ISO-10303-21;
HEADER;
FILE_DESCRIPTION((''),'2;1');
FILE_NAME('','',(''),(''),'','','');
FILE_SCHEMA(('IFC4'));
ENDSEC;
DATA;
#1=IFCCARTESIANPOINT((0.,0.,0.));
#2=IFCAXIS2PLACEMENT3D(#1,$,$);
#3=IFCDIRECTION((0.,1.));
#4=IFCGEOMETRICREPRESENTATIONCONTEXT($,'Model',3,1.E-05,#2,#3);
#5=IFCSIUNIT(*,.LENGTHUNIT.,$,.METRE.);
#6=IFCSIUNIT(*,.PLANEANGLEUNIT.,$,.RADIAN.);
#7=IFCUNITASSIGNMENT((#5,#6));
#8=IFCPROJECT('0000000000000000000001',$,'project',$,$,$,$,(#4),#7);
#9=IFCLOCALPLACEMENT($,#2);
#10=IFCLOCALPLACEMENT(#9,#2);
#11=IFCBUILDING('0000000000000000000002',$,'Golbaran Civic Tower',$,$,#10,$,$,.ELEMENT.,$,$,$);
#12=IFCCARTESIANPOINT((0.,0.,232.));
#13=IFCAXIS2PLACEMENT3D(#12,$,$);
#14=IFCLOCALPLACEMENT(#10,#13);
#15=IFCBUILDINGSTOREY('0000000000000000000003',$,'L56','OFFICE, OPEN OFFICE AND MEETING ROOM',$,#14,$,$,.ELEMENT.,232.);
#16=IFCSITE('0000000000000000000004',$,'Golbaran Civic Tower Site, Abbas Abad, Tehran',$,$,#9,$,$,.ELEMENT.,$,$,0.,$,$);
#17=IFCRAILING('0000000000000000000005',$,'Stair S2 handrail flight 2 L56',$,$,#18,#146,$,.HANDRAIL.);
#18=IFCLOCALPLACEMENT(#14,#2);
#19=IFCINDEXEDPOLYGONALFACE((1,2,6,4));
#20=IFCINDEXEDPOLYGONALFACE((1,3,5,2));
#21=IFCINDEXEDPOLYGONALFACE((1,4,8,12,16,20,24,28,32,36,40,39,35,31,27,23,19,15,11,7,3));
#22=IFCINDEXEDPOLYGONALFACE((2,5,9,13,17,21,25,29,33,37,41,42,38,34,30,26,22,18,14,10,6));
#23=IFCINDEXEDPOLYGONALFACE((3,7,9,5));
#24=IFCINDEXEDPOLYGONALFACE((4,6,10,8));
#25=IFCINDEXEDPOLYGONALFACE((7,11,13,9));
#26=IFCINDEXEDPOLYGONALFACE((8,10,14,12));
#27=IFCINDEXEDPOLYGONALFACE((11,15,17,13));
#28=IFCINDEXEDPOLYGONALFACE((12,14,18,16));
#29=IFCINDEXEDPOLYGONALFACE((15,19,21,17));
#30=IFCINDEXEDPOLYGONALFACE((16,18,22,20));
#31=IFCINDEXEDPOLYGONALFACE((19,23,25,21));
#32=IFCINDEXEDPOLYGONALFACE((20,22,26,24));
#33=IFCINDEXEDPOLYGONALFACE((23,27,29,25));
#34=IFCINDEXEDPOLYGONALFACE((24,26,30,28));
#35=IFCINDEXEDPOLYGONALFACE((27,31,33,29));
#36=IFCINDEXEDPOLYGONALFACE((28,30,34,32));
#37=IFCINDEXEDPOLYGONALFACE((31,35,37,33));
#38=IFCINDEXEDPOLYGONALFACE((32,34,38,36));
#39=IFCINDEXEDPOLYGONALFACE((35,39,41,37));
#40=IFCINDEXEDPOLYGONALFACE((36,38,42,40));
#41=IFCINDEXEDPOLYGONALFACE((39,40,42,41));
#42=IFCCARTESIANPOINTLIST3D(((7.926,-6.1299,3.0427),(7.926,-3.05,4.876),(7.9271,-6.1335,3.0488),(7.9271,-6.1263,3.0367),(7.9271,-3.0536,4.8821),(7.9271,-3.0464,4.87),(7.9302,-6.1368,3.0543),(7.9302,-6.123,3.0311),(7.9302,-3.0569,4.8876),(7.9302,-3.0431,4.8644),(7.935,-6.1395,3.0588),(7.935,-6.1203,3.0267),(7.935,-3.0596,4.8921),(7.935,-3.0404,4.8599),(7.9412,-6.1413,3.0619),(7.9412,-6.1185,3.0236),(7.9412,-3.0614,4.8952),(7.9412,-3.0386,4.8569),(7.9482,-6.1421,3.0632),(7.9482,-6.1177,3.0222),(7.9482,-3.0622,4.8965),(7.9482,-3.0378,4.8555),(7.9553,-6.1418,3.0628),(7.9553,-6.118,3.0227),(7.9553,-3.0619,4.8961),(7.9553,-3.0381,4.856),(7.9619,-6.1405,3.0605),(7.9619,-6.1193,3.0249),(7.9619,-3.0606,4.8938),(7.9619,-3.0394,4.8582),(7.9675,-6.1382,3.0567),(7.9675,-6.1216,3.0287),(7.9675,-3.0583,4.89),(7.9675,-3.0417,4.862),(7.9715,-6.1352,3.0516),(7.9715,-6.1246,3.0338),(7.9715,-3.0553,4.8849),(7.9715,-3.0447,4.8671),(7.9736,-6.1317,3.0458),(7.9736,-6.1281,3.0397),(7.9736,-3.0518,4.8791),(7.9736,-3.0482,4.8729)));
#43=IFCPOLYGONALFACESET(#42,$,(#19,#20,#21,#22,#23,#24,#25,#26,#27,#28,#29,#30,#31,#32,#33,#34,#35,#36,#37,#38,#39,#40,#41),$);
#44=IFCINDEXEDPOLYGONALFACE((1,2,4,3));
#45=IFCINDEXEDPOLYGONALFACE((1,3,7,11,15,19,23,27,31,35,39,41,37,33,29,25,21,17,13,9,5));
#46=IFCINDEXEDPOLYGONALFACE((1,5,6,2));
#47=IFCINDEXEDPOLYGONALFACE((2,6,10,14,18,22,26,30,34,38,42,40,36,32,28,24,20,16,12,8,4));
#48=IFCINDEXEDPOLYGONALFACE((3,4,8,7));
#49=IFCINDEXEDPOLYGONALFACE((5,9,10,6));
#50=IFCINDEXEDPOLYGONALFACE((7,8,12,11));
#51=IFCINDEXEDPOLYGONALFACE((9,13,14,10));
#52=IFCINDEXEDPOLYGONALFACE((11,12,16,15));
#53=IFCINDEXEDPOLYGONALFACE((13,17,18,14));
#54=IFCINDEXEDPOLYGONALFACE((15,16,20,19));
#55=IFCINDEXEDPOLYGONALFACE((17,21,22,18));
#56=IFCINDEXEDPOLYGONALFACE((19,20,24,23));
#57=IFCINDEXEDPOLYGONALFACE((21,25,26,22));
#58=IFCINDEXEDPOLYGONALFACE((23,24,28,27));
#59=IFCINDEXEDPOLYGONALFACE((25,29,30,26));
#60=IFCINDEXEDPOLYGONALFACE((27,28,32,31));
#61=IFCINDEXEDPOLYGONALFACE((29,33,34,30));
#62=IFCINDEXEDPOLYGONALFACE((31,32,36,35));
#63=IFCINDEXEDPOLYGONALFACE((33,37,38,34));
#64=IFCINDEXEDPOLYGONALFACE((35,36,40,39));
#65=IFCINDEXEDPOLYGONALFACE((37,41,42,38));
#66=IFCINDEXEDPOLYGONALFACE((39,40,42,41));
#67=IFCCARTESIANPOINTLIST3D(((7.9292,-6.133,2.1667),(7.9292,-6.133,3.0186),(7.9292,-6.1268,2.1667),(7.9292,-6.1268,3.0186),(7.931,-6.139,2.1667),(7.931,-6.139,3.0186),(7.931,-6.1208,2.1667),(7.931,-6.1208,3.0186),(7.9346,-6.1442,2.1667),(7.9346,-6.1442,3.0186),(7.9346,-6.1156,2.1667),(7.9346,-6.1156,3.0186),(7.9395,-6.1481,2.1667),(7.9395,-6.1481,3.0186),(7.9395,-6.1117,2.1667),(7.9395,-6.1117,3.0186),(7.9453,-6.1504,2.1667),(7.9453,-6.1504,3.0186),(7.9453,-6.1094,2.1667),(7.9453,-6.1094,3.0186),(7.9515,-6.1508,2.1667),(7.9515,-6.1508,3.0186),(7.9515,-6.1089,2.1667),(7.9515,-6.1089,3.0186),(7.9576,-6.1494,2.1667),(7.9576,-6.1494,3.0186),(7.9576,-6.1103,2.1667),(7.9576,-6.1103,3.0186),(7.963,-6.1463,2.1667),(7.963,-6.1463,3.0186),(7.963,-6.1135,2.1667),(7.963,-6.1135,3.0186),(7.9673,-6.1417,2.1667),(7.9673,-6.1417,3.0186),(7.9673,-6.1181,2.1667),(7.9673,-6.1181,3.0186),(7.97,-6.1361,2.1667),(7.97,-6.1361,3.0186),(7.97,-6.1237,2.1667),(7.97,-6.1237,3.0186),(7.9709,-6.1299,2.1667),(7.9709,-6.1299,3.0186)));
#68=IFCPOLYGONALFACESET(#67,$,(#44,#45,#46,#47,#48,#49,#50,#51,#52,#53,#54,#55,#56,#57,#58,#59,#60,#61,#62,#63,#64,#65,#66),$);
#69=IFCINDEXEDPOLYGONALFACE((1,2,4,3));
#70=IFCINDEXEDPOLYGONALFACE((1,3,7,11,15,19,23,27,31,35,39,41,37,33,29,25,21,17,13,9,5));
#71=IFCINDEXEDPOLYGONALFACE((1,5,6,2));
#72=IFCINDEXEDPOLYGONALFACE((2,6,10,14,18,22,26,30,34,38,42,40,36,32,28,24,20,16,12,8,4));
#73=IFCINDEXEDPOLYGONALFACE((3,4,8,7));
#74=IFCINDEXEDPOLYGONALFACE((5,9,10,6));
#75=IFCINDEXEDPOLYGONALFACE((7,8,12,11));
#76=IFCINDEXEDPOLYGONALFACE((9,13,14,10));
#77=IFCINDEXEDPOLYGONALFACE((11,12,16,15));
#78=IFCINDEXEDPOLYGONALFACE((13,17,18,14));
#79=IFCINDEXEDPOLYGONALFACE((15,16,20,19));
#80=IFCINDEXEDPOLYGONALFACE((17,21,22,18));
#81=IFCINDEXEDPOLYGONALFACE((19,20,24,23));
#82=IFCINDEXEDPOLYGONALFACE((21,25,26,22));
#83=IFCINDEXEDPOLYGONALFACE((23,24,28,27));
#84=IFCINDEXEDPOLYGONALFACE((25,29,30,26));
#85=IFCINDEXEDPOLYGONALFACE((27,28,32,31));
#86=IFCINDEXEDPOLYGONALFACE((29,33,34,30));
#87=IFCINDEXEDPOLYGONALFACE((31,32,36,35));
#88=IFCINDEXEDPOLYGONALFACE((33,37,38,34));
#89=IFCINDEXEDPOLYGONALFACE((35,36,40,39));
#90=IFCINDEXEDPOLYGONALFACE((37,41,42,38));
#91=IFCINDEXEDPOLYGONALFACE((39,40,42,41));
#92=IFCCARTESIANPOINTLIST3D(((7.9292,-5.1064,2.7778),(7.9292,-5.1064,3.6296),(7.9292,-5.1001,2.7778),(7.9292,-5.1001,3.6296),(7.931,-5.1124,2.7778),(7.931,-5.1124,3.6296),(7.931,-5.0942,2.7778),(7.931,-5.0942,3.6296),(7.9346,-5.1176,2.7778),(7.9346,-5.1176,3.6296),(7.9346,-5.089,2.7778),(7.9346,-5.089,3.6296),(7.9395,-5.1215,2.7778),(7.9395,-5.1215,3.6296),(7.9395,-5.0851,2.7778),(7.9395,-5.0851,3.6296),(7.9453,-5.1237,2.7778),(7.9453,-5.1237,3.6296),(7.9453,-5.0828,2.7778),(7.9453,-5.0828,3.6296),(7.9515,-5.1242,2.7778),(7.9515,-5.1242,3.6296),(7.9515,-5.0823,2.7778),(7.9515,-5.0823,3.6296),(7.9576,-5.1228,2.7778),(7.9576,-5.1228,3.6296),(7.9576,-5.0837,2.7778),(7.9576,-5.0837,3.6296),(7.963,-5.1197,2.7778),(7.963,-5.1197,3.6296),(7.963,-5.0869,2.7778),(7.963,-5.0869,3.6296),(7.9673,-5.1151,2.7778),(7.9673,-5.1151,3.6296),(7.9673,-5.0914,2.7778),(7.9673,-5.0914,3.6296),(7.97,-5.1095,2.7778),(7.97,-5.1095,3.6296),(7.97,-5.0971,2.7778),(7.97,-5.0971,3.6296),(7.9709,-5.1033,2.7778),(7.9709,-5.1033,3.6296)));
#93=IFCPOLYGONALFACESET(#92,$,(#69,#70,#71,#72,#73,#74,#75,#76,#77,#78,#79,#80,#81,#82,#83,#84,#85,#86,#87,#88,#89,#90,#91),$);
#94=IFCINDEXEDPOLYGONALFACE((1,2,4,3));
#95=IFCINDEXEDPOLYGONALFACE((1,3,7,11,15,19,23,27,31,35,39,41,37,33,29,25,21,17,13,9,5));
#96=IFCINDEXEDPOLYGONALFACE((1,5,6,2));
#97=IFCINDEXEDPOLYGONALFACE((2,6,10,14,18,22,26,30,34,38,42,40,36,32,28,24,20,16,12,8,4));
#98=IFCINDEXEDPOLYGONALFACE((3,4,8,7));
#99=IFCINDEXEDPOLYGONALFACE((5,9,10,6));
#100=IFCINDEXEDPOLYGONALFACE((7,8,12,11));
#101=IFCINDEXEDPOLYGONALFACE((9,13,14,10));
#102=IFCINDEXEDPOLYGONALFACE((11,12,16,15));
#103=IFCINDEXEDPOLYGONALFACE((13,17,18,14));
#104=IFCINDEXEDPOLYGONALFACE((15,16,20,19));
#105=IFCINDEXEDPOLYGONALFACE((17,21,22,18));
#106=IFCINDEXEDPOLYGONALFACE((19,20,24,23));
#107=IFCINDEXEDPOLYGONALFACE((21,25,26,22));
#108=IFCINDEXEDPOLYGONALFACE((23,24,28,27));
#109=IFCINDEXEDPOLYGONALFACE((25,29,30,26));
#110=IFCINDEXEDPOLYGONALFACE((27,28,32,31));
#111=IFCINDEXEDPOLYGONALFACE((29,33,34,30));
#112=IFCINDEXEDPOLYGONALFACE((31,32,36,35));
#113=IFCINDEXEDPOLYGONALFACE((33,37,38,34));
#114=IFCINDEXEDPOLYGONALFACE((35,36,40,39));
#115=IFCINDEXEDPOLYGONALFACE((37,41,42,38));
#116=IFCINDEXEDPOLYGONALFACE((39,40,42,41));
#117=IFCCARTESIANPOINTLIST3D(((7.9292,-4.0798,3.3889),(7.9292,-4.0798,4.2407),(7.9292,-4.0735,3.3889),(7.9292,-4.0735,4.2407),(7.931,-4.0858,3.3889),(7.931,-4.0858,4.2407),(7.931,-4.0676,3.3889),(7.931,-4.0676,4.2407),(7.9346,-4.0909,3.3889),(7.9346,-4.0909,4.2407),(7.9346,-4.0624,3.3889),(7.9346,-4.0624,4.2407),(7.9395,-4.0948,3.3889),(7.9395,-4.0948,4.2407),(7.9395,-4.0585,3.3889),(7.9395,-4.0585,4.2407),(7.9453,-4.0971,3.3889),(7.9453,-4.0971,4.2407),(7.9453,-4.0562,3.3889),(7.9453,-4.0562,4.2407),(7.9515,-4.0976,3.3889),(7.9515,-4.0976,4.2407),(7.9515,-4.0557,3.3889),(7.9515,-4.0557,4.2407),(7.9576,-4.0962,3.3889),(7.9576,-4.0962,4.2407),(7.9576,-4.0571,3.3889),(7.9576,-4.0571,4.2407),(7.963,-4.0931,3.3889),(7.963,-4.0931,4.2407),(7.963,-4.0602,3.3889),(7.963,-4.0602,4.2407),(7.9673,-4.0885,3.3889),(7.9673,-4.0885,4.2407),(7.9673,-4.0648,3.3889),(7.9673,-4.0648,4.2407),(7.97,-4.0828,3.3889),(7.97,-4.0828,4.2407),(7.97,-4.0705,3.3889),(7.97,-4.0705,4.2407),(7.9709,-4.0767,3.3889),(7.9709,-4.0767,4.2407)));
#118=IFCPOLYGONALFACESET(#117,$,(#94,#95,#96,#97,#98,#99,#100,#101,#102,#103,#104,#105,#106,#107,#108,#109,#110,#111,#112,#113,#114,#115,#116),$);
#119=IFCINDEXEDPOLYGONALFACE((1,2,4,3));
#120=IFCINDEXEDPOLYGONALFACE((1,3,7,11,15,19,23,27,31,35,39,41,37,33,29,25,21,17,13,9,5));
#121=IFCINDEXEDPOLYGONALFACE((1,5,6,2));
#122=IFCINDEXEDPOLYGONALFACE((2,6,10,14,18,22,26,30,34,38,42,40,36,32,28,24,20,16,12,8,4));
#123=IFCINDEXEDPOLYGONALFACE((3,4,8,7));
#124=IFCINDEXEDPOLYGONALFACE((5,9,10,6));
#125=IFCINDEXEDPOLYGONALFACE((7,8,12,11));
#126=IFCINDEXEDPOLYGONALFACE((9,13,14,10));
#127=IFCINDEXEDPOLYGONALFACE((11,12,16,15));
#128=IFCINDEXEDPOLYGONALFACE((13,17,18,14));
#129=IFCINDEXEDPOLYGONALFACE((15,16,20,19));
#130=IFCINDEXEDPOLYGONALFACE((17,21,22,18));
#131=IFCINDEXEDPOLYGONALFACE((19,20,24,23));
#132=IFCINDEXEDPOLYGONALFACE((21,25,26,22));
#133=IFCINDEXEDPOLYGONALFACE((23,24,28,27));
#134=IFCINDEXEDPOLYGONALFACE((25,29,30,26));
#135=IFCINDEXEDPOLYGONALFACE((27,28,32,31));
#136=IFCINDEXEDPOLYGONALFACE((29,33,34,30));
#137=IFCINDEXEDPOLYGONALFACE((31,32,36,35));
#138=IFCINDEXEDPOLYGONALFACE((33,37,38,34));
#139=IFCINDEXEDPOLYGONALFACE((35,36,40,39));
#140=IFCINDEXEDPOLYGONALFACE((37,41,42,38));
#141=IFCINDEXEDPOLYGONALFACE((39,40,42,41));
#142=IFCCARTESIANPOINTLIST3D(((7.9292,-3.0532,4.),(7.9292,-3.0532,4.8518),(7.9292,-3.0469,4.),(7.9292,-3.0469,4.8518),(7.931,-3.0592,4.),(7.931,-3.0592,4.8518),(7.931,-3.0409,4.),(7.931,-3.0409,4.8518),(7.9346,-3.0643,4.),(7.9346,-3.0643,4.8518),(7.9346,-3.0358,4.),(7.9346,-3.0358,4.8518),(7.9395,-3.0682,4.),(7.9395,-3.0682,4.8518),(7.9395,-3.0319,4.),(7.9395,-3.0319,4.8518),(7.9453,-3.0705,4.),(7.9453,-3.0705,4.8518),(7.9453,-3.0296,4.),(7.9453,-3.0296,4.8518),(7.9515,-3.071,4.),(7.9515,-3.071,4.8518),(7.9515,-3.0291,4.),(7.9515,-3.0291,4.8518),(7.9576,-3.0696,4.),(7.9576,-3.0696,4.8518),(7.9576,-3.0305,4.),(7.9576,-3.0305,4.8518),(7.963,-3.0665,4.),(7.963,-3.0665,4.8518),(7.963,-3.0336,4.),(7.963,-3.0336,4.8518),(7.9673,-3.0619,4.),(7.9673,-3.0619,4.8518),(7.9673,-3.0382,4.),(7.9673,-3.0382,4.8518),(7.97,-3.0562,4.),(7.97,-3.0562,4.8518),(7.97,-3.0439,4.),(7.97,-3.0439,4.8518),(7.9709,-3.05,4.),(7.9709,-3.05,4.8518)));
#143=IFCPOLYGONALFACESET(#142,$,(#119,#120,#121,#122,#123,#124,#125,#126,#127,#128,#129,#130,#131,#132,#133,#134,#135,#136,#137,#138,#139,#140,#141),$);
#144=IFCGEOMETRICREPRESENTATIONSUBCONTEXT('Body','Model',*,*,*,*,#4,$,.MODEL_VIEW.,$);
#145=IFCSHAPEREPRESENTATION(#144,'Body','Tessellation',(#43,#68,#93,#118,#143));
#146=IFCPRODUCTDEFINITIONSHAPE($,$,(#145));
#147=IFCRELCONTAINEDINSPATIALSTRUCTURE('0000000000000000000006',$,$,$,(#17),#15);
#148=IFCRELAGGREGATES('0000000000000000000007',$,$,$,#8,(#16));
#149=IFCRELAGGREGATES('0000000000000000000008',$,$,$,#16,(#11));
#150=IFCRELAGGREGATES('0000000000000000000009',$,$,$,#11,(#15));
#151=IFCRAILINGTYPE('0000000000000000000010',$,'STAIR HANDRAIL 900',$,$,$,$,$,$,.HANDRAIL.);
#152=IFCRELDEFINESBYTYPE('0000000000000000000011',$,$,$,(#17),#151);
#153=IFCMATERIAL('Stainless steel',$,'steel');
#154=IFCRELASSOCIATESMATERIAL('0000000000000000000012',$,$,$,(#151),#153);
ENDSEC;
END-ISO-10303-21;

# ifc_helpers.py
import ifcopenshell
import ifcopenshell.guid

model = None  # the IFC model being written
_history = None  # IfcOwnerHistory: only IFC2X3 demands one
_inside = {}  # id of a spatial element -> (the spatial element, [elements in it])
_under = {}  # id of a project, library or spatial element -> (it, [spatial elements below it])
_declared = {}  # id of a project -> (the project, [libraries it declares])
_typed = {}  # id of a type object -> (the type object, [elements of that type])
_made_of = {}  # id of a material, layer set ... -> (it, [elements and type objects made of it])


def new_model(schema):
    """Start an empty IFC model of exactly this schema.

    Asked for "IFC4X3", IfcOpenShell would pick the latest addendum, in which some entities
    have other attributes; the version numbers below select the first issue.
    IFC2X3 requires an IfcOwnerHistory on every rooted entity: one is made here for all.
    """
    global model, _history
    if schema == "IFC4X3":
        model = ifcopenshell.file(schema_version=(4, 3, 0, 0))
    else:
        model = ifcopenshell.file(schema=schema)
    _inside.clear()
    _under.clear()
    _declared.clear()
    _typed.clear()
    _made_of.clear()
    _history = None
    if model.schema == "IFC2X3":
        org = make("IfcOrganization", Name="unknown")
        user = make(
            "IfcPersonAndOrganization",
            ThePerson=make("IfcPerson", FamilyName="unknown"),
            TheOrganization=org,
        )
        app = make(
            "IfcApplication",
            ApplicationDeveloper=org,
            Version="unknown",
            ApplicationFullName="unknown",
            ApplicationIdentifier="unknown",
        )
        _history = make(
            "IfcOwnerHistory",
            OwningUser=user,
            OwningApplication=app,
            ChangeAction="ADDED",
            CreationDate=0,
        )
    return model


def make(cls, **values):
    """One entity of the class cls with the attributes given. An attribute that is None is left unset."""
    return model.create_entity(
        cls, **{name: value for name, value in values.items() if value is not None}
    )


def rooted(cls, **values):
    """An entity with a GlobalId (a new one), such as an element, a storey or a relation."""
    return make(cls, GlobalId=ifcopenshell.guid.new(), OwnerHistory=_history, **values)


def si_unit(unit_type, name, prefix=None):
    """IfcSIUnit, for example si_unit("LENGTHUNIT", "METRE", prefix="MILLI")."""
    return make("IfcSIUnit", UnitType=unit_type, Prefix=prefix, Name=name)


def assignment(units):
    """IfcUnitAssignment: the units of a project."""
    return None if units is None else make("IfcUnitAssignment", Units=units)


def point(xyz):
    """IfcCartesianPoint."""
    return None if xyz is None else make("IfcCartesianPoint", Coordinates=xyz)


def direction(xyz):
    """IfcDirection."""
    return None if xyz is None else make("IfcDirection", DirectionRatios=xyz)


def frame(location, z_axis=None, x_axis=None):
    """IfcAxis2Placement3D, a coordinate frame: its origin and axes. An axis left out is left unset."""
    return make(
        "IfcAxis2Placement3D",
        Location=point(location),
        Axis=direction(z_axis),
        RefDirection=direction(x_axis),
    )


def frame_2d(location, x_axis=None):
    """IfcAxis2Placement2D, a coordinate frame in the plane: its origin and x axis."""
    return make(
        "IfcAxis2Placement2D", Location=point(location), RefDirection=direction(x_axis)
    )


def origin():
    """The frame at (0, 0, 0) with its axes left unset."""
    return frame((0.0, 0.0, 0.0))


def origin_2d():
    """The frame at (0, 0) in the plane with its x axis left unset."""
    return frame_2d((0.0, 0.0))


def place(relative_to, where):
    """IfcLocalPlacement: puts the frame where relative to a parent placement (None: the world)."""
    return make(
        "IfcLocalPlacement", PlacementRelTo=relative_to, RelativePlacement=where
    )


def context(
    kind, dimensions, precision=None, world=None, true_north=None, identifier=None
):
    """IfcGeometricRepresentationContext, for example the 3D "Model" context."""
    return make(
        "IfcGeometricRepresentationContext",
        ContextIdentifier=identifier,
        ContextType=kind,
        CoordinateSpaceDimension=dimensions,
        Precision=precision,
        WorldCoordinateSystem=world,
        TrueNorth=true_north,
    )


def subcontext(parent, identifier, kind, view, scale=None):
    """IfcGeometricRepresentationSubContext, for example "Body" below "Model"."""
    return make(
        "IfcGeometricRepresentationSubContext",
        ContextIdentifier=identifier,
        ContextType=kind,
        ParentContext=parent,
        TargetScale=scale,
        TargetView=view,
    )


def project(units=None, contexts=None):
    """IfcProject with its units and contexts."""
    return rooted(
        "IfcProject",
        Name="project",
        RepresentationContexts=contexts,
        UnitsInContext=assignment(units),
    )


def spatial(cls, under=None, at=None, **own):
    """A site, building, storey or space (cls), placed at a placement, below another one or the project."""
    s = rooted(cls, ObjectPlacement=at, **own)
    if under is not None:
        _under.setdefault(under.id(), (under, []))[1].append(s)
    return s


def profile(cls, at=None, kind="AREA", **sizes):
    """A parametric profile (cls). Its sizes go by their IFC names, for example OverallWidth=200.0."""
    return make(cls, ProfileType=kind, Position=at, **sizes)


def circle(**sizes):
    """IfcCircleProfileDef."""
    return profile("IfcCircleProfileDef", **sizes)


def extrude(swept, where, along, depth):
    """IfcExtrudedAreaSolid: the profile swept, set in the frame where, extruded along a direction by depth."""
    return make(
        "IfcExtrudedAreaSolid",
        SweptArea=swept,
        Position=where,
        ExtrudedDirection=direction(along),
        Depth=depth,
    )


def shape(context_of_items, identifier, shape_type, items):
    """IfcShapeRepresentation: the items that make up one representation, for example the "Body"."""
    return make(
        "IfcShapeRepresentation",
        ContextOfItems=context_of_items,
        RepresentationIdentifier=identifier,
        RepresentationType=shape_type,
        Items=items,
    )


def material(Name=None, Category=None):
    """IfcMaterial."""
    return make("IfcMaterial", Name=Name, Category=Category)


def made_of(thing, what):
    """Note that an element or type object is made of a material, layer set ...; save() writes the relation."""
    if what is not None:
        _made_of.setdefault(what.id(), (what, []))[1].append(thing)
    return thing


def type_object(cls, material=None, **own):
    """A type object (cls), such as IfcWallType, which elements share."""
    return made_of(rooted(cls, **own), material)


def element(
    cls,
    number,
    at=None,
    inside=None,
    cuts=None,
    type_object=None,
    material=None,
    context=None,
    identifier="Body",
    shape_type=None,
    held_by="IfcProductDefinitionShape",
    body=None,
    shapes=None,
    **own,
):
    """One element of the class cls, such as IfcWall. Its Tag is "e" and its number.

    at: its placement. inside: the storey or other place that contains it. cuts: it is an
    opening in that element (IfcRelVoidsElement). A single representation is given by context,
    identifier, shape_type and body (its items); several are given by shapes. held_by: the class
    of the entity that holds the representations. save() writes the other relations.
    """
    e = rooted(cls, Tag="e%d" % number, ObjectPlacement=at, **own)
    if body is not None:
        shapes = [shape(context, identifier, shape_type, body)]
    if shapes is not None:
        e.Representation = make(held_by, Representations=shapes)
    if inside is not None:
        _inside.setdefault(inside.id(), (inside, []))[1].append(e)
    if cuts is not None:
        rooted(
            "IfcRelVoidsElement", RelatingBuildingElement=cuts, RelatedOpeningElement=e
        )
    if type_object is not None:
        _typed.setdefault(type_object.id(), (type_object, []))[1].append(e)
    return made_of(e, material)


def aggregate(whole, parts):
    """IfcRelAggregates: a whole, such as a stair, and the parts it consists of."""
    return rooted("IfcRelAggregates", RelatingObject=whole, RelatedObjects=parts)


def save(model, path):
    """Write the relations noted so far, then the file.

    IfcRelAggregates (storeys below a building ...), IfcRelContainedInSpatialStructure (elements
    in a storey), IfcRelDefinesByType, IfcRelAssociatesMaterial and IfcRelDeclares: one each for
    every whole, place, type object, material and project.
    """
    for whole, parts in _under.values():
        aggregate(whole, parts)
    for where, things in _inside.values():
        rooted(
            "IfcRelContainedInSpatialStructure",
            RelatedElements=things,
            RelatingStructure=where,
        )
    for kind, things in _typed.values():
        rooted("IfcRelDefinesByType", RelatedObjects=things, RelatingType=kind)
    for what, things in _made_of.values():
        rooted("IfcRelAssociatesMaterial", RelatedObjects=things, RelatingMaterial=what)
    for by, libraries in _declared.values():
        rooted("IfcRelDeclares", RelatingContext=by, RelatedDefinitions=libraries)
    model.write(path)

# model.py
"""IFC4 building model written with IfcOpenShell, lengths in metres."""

from ifc_helpers import new_model, si_unit, direction, frame, origin, origin_2d, place, context, subcontext, project, spatial, circle, extrude, material, type_object, element, save


model = new_model("IFC4")

# Units and contexts
model_context = context("Model", 3, precision=1e-05, world=origin(), true_north=direction((0.0, 1.0)))
body_context = subcontext(model_context, "Body", "Model", "MODEL_VIEW")
ifc_project = project(units=[si_unit("LENGTHUNIT", "METRE"), si_unit("PLANEANGLEUNIT", "RADIAN")], contexts=[model_context])

# Site, building, storey
site_placement = place(None, origin())
site = spatial("IfcSite", under=ifc_project, at=site_placement, Name="Golbaran Civic Tower Site, Abbas Abad, Tehran", CompositionType="ELEMENT", RefElevation=0.0)
building_placement = place(site_placement, origin())
building = spatial("IfcBuilding", under=site, at=building_placement, Name="Golbaran Civic Tower", CompositionType="ELEMENT")
storey_placement = place(building_placement, frame((0.0, 0.0, 232.0)))
storey = spatial("IfcBuildingStorey", under=building, at=storey_placement, Name="L56", Description="OFFICE, OPEN OFFICE AND MEETING ROOM", CompositionType="ELEMENT", Elevation=232.0)

# Shared definitions
ifc_material_1 = material(Name="Stainless steel", Category="steel")

# Railing
railing_type = type_object("IfcRailingType", Name="STAIR HANDRAIL 900", PredefinedType="HANDRAIL", material=ifc_material_1)
railing_1_placement = place(storey_placement, frame((7.95, -6.1299, 2.1667)))
element("IfcRailing", 1, at=railing_1_placement, inside=storey, type_object=railing_type, Name="Stair S2 handrail flight 2 L56", PredefinedType="HANDRAIL", context=body_context, shape_type="SweptSolid", body=[
    extrude(circle(Radius=0.0239, at=origin_2d()), frame((0.0, 0.0, 0.876), z_axis=(0.0, 0.859291, 0.511487), x_axis=(-1.0, 0.0, 0.0)), (0.0, 0.0, 1.0), 3.5842),
    extrude(circle(Radius=0.021, at=origin_2d()), origin(), (0.0, 0.0, 1.0), 0.8518),
    extrude(circle(Radius=0.021, at=origin_2d()), frame((0.0, 1.0266, 0.6111)), (0.0, 0.0, 1.0), 0.8518),
    extrude(circle(Radius=0.021, at=origin_2d()), frame((0.0, 2.0532, 1.2222)), (0.0, 0.0, 1.0), 0.8518),
    extrude(circle(Radius=0.021, at=origin_2d()), frame((0.0, 3.0798, 1.8333)), (0.0, 0.0, 1.0), 0.8518),
])

save(model, "model.ifc")
